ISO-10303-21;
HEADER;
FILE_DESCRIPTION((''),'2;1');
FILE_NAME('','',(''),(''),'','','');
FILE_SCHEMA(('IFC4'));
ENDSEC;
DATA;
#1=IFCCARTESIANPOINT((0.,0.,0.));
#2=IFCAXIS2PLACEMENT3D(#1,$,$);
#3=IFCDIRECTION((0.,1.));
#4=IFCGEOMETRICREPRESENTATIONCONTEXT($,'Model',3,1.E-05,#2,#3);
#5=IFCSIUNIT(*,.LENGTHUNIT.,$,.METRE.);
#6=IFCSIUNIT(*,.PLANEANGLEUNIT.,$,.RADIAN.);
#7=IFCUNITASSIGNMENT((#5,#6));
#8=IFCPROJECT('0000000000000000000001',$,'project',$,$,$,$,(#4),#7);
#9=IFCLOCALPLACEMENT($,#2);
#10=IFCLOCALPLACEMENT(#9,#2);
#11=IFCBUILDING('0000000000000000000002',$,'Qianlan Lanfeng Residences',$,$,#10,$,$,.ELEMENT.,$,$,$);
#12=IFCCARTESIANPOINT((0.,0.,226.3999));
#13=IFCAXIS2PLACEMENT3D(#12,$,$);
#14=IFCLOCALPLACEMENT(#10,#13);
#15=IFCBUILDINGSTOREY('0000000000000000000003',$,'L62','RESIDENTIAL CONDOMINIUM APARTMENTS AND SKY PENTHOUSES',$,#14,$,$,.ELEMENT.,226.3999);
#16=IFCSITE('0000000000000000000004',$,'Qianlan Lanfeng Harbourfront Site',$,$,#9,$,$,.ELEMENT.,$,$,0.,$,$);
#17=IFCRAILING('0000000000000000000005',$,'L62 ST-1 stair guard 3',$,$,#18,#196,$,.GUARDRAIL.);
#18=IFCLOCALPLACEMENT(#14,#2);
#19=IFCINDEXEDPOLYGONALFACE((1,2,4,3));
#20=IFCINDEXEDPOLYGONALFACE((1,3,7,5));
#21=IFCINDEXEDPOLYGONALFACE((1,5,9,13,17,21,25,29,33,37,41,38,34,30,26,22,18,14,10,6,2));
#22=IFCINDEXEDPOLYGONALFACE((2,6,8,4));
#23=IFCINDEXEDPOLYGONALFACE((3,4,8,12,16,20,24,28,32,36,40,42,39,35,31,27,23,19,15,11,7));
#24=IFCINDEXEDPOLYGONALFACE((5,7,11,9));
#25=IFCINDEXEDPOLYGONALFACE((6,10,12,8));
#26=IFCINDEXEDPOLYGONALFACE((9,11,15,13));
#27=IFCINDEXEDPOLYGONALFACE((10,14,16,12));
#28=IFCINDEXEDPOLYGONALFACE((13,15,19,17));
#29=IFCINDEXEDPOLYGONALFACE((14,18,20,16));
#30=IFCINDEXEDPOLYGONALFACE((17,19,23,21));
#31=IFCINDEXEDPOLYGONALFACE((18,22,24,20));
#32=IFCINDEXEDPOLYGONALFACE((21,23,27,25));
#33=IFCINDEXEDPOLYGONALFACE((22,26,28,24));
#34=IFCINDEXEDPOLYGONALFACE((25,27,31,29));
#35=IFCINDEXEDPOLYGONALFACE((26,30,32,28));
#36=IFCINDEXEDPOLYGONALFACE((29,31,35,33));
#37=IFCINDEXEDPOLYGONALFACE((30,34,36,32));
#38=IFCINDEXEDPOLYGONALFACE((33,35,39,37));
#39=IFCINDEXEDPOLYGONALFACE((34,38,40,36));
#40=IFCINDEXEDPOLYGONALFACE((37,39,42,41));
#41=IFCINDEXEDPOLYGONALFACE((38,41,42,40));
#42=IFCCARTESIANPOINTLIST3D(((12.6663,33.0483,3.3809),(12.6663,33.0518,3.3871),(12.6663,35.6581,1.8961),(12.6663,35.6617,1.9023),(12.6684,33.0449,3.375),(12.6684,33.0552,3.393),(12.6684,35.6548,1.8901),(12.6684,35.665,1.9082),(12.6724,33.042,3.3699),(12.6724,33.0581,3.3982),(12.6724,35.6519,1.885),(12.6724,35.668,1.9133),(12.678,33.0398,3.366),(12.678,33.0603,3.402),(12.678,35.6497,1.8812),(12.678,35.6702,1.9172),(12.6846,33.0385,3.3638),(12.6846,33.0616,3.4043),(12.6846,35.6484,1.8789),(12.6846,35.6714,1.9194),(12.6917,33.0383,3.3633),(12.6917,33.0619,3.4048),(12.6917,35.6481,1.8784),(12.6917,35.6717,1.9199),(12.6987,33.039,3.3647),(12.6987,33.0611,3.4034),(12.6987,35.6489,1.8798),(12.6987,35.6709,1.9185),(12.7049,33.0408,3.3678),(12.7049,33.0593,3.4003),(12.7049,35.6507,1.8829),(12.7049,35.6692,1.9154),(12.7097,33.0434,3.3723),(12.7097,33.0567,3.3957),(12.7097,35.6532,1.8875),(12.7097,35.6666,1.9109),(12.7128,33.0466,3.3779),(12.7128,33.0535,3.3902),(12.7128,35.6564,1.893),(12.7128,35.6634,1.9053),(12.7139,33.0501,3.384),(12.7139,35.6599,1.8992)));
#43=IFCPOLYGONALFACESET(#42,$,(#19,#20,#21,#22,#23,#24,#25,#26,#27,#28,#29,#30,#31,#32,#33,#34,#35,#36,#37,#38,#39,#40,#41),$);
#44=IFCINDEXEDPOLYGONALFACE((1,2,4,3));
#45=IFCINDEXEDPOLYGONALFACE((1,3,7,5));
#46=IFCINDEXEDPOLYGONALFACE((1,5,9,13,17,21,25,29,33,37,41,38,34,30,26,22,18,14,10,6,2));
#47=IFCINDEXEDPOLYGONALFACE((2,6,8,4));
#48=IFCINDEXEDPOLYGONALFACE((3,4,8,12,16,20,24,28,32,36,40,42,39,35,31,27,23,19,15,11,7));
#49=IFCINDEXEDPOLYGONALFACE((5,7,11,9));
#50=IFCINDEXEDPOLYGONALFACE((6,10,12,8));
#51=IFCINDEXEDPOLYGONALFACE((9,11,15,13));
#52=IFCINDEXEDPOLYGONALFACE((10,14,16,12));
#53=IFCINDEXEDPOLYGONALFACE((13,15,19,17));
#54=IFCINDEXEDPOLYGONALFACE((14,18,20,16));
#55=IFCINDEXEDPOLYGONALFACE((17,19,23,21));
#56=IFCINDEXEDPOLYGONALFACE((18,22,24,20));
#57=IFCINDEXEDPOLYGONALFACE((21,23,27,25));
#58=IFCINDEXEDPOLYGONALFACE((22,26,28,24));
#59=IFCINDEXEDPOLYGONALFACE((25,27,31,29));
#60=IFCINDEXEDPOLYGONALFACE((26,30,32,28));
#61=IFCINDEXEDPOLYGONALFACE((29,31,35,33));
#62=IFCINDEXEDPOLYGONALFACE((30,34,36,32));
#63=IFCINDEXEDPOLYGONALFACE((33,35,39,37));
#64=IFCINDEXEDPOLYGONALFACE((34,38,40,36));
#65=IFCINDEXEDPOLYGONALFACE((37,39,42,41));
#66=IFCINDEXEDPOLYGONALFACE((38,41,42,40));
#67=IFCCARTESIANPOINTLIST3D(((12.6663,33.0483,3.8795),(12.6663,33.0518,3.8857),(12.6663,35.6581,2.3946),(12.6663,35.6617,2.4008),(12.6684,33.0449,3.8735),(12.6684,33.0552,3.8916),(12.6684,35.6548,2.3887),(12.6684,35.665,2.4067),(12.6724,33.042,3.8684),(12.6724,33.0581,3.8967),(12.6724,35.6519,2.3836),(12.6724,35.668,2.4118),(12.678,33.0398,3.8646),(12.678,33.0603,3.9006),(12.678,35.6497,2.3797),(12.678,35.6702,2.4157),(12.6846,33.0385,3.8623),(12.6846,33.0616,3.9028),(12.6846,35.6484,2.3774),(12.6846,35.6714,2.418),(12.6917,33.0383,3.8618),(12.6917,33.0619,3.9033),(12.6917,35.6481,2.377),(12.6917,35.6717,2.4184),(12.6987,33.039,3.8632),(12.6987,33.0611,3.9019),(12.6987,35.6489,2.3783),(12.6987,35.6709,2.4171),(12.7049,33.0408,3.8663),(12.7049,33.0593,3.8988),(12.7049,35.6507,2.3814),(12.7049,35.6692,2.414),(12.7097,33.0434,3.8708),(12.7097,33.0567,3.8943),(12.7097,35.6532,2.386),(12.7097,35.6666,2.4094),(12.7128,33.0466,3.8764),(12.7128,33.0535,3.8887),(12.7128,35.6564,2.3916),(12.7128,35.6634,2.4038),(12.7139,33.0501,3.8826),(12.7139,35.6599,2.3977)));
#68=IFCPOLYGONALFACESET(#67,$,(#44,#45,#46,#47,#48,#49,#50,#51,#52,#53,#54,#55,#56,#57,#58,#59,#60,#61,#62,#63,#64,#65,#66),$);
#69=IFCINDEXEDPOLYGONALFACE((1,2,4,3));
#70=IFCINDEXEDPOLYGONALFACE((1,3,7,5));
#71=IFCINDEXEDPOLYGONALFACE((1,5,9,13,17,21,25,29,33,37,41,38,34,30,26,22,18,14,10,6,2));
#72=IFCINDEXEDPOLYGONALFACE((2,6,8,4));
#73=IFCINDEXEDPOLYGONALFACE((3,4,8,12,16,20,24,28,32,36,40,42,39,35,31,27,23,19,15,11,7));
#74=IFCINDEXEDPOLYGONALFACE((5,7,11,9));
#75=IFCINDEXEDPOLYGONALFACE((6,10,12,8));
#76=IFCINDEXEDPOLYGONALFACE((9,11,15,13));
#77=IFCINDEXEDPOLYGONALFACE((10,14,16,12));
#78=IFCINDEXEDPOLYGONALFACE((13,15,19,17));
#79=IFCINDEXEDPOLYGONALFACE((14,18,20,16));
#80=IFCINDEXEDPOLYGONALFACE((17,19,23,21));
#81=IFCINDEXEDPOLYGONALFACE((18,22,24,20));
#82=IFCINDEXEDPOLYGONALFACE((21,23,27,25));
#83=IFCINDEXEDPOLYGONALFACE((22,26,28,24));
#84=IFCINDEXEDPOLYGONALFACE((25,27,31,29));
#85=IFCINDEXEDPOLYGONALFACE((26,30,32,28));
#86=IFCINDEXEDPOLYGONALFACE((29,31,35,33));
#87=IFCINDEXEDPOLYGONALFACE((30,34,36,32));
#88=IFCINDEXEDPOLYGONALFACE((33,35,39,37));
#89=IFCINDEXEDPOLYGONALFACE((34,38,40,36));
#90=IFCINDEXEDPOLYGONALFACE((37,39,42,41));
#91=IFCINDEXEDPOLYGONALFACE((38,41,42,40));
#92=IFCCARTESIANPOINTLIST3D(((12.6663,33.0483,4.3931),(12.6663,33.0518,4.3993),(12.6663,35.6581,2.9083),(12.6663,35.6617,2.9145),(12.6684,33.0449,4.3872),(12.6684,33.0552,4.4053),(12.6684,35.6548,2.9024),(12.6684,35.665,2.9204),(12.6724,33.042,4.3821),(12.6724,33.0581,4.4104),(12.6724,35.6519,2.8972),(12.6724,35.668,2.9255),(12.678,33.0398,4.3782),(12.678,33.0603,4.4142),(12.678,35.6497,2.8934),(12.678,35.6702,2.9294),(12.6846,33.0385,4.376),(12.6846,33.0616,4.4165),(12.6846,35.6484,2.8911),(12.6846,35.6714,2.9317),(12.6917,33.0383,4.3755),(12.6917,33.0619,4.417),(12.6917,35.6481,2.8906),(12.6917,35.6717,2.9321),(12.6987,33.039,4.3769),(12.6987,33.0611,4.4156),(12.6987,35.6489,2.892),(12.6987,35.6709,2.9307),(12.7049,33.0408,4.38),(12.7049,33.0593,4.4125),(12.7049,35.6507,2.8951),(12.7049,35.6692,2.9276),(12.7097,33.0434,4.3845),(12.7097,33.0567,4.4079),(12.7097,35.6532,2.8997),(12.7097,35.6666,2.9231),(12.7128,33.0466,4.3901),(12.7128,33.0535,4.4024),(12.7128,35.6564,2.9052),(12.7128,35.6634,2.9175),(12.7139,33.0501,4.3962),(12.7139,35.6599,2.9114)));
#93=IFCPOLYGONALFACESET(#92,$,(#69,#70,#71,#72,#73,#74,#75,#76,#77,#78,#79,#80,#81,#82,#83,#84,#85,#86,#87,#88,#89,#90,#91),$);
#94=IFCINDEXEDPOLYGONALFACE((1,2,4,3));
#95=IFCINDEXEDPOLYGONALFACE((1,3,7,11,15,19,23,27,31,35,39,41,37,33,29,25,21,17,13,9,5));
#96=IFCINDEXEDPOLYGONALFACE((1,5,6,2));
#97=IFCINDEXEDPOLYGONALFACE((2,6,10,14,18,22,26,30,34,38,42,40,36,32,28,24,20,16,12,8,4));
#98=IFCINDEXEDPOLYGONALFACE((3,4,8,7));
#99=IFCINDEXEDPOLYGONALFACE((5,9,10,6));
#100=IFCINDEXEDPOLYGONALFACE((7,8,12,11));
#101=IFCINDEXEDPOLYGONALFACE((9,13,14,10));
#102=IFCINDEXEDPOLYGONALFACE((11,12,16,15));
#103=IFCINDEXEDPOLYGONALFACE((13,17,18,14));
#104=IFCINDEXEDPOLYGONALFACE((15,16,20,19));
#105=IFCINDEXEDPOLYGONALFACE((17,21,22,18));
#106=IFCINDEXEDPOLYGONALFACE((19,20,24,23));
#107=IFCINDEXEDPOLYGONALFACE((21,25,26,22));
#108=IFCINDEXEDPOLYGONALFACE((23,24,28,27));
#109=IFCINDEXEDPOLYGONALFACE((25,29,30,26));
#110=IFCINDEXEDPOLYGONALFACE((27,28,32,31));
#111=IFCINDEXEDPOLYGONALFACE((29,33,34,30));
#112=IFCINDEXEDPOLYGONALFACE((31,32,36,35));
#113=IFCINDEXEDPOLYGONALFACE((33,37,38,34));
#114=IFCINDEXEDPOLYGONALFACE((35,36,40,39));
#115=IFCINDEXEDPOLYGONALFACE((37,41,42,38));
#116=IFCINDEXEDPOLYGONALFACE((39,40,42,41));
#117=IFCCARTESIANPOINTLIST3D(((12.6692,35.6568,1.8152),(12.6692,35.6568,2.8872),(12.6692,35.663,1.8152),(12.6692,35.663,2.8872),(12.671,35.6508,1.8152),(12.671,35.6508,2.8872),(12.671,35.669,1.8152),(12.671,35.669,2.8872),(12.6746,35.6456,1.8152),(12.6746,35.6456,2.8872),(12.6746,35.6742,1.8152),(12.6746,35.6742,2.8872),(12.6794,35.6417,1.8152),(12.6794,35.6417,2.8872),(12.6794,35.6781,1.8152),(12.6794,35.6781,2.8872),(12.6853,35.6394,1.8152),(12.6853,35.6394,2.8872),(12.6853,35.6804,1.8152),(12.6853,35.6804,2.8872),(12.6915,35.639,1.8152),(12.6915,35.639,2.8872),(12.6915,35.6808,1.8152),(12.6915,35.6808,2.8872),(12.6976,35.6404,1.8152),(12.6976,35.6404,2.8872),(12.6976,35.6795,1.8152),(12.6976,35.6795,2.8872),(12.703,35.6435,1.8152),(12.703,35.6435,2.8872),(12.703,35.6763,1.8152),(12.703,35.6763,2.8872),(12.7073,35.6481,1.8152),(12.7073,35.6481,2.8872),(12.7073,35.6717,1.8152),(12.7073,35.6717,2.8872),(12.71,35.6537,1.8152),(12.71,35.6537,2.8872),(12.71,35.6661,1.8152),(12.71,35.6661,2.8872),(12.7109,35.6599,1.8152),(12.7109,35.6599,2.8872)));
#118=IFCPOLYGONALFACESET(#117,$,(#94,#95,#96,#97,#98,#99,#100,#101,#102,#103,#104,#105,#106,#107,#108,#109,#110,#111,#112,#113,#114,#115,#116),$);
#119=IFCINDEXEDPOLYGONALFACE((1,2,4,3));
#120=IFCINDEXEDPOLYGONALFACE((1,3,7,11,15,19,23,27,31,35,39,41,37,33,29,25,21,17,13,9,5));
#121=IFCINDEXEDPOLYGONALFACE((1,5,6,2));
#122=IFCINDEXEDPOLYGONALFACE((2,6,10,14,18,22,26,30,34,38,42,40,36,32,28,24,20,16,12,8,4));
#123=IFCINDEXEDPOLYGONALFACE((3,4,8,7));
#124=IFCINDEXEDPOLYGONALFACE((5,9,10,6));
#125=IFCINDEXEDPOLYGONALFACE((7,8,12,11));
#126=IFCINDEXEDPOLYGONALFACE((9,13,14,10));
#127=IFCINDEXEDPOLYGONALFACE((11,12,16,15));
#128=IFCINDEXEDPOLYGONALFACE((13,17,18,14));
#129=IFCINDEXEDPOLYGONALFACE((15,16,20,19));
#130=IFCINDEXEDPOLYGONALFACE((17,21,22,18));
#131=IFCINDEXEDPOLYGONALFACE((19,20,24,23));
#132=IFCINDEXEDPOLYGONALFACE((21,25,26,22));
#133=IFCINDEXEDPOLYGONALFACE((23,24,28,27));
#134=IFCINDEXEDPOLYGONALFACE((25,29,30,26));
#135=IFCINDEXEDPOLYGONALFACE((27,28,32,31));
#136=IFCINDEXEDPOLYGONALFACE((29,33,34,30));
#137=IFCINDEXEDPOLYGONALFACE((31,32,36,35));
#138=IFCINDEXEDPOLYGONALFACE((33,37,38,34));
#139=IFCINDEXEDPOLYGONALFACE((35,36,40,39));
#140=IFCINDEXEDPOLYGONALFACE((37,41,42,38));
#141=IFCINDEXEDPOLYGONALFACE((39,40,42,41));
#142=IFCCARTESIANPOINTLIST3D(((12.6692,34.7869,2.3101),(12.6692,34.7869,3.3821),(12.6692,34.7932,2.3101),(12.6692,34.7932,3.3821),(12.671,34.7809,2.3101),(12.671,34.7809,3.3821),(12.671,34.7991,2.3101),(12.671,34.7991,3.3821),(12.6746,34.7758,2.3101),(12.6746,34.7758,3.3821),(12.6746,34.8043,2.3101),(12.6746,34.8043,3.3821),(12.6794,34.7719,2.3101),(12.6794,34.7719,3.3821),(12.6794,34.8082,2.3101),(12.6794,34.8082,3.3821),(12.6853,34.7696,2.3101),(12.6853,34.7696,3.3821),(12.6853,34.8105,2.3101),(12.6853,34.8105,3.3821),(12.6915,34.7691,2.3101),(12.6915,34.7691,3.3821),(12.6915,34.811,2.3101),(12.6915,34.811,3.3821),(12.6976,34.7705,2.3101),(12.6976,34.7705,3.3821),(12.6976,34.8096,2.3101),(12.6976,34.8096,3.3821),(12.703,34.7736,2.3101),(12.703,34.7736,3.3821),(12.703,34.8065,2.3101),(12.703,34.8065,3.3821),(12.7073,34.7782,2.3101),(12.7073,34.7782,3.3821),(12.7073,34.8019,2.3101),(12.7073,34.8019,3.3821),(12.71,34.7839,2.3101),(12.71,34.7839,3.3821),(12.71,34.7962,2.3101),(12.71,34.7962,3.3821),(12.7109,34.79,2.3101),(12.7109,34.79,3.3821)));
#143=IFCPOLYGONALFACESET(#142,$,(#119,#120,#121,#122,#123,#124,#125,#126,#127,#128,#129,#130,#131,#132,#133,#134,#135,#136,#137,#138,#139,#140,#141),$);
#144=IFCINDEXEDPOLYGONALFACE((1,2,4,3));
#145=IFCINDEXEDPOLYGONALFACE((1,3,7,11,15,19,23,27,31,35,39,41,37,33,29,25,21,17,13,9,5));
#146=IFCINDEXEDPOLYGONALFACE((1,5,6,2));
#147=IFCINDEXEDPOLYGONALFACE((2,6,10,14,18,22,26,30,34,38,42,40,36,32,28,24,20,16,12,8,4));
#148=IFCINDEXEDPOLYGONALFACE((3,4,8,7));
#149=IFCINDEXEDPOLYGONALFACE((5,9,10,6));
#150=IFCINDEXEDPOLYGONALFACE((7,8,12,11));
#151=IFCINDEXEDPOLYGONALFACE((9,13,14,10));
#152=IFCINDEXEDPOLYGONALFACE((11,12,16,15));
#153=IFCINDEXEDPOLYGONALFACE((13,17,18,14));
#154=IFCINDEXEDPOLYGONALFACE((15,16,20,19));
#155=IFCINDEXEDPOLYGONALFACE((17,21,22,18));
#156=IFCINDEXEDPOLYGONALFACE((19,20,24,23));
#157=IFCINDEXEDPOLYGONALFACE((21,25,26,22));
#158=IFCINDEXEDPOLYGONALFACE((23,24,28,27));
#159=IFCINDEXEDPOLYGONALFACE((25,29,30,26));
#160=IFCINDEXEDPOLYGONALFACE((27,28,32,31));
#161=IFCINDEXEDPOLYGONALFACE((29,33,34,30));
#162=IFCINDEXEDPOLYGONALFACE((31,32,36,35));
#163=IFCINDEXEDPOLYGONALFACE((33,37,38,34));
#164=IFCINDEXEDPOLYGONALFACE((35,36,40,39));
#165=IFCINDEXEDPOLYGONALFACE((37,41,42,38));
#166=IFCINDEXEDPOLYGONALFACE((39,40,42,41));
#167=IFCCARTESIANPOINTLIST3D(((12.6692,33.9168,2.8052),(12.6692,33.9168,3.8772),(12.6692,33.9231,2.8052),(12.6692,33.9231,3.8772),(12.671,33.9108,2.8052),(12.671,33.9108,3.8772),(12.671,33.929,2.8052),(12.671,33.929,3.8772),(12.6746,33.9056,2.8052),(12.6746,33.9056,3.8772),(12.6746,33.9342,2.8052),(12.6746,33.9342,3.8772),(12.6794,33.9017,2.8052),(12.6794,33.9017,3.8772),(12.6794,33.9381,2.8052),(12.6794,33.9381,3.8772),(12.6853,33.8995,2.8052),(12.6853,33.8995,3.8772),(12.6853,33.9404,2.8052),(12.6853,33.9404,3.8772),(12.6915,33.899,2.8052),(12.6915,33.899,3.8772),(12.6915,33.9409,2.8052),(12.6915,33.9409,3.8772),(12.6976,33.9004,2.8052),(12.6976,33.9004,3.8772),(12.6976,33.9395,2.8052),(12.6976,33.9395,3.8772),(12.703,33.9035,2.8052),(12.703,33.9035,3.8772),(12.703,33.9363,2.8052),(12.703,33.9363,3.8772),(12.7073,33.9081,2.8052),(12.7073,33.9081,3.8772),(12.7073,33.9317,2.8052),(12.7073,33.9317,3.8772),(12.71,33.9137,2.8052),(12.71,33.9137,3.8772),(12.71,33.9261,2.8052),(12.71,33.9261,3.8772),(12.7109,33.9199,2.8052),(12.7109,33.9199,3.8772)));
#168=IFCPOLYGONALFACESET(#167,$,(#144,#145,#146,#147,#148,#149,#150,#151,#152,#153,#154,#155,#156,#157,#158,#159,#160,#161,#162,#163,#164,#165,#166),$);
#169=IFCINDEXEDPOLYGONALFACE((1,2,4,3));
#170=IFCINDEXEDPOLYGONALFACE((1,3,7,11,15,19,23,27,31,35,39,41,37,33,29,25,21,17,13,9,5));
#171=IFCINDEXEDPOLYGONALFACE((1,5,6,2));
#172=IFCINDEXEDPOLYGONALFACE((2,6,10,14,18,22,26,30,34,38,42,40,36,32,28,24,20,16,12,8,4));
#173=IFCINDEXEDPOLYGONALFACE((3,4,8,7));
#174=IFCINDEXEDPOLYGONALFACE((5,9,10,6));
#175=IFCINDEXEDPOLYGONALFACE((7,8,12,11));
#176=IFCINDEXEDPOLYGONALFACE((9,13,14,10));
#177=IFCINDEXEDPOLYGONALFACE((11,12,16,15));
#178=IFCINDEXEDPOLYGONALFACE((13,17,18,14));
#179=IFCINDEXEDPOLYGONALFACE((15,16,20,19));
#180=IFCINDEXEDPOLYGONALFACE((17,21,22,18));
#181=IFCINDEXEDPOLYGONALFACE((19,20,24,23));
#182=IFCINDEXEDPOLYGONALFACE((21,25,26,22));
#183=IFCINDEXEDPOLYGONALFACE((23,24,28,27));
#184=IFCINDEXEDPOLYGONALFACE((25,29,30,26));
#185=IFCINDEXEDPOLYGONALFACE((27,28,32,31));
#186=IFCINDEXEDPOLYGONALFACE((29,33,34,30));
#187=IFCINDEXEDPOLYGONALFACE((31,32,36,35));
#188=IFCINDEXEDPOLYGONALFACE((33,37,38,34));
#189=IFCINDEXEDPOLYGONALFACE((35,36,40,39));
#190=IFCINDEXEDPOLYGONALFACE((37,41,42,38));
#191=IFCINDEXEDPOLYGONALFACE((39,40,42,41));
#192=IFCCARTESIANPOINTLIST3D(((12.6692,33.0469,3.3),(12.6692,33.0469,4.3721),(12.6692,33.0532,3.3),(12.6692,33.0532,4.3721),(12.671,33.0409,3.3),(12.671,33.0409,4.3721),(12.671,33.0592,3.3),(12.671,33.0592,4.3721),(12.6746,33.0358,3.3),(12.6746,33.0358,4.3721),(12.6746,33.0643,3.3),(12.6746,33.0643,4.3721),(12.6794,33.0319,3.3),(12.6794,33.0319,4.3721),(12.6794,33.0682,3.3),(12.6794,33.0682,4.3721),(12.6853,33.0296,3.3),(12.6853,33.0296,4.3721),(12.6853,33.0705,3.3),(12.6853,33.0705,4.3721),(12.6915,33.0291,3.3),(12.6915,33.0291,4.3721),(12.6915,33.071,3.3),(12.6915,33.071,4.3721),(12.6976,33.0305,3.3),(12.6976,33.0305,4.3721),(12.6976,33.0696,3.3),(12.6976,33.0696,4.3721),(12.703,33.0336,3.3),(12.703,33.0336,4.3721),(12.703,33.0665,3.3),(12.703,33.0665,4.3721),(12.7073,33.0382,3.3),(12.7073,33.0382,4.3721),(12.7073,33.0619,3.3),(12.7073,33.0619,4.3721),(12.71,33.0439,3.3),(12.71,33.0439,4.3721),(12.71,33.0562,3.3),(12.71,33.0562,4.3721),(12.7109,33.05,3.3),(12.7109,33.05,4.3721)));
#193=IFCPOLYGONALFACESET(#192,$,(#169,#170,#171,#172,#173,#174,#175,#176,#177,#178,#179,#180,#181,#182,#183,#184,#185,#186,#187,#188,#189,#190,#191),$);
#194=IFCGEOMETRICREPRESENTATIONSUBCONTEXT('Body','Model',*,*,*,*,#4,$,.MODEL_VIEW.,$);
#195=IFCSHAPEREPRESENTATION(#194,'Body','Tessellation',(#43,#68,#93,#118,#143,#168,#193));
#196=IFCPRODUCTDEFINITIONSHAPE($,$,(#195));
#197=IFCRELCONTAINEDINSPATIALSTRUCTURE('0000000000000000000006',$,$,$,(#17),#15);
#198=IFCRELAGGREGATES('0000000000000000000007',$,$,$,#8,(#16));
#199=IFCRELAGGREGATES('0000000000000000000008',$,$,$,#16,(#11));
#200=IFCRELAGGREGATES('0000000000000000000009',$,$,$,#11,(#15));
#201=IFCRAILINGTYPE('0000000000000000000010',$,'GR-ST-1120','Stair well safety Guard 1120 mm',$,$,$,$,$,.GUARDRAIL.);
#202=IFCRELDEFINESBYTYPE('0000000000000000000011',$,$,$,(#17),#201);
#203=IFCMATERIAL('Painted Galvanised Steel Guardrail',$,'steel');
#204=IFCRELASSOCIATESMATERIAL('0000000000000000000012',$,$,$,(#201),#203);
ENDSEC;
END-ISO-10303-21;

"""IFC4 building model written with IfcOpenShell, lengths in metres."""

from ifc_helpers import new_model, si_unit, direction, frame, origin, origin_2d, place, context, subcontext, project, spatial, circle, extrude, material, type_object, element, save


model = new_model("IFC4")

# Units and contexts
model_context = context("Model", 3, precision=1e-05, world=origin(), true_north=direction((0.0, 1.0)))
body_context = subcontext(model_context, "Body", "Model", "MODEL_VIEW")
ifc_project = project(units=[si_unit("LENGTHUNIT", "METRE"), si_unit("PLANEANGLEUNIT", "RADIAN")], contexts=[model_context])

# Site, building, storey
site_placement = place(None, origin())
site = spatial("IfcSite", under=ifc_project, at=site_placement, Name="Qianlan Lanfeng Harbourfront Site", CompositionType="ELEMENT", RefElevation=0.0)
building_placement = place(site_placement, origin())
building = spatial("IfcBuilding", under=site, at=building_placement, Name="Qianlan Lanfeng Residences", CompositionType="ELEMENT")
storey_placement = place(building_placement, frame((0.0, 0.0, 226.3999)))
storey = spatial("IfcBuildingStorey", under=building, at=storey_placement, Name="L62", Description="RESIDENTIAL CONDOMINIUM APARTMENTS AND SKY PENTHOUSES", CompositionType="ELEMENT", Elevation=226.3999)

# Railing
ifc_material_1 = material(Name="Painted Galvanised Steel Guardrail", Category="steel")
railing_type_1 = type_object("IfcRailingType", Name="GR-ST-1120", Description="Stair well safety Guard 1120 mm", PredefinedType="GUARDRAIL", material=ifc_material_1)
railing_1_placement = place(storey_placement, frame((12.6899, 35.6599, 1.8152)))
element("IfcRailing", 1, at=railing_1_placement, inside=storey, type_object=railing_type_1, Name="L62 ST-1 stair guard 3", PredefinedType="GUARDRAIL", context=body_context, shape_type="SweptSolid", body=[
    extrude(circle(Radius=0.0239, at=origin_2d()), frame((0.0, 0.0, 0.084), z_axis=(0.0, -0.869172, 0.494509), x_axis=(1.0, 0.0, 0.0)), (0.0, 0.0, 1.0), 3.0027),
    extrude(circle(Radius=0.0239, at=origin_2d()), frame((0.0, 0.0, 0.5825), z_axis=(0.0, -0.869172, 0.494509), x_axis=(1.0, 0.0, 0.0)), (0.0, 0.0, 1.0), 3.0027),
    extrude(circle(Radius=0.0239, at=origin_2d()), frame((0.0, 0.0, 1.0962), z_axis=(0.0, -0.869172, 0.494509), x_axis=(1.0, 0.0, 0.0)), (0.0, 0.0, 1.0), 3.0027),
    extrude(circle(Radius=0.021, at=origin_2d()), origin(), (0.0, 0.0, 1.0), 1.072),
    extrude(circle(Radius=0.021, at=origin_2d()), frame((0.0, -0.8699, 0.4949)), (0.0, 0.0, 1.0), 1.072),
    extrude(circle(Radius=0.021, at=origin_2d()), frame((0.0, -1.74, 0.99)), (0.0, 0.0, 1.0), 1.072),
    extrude(circle(Radius=0.021, at=origin_2d()), frame((0.0, -2.6099, 1.4849)), (0.0, 0.0, 1.0), 1.072),
])

save(model, "model.ifc")
